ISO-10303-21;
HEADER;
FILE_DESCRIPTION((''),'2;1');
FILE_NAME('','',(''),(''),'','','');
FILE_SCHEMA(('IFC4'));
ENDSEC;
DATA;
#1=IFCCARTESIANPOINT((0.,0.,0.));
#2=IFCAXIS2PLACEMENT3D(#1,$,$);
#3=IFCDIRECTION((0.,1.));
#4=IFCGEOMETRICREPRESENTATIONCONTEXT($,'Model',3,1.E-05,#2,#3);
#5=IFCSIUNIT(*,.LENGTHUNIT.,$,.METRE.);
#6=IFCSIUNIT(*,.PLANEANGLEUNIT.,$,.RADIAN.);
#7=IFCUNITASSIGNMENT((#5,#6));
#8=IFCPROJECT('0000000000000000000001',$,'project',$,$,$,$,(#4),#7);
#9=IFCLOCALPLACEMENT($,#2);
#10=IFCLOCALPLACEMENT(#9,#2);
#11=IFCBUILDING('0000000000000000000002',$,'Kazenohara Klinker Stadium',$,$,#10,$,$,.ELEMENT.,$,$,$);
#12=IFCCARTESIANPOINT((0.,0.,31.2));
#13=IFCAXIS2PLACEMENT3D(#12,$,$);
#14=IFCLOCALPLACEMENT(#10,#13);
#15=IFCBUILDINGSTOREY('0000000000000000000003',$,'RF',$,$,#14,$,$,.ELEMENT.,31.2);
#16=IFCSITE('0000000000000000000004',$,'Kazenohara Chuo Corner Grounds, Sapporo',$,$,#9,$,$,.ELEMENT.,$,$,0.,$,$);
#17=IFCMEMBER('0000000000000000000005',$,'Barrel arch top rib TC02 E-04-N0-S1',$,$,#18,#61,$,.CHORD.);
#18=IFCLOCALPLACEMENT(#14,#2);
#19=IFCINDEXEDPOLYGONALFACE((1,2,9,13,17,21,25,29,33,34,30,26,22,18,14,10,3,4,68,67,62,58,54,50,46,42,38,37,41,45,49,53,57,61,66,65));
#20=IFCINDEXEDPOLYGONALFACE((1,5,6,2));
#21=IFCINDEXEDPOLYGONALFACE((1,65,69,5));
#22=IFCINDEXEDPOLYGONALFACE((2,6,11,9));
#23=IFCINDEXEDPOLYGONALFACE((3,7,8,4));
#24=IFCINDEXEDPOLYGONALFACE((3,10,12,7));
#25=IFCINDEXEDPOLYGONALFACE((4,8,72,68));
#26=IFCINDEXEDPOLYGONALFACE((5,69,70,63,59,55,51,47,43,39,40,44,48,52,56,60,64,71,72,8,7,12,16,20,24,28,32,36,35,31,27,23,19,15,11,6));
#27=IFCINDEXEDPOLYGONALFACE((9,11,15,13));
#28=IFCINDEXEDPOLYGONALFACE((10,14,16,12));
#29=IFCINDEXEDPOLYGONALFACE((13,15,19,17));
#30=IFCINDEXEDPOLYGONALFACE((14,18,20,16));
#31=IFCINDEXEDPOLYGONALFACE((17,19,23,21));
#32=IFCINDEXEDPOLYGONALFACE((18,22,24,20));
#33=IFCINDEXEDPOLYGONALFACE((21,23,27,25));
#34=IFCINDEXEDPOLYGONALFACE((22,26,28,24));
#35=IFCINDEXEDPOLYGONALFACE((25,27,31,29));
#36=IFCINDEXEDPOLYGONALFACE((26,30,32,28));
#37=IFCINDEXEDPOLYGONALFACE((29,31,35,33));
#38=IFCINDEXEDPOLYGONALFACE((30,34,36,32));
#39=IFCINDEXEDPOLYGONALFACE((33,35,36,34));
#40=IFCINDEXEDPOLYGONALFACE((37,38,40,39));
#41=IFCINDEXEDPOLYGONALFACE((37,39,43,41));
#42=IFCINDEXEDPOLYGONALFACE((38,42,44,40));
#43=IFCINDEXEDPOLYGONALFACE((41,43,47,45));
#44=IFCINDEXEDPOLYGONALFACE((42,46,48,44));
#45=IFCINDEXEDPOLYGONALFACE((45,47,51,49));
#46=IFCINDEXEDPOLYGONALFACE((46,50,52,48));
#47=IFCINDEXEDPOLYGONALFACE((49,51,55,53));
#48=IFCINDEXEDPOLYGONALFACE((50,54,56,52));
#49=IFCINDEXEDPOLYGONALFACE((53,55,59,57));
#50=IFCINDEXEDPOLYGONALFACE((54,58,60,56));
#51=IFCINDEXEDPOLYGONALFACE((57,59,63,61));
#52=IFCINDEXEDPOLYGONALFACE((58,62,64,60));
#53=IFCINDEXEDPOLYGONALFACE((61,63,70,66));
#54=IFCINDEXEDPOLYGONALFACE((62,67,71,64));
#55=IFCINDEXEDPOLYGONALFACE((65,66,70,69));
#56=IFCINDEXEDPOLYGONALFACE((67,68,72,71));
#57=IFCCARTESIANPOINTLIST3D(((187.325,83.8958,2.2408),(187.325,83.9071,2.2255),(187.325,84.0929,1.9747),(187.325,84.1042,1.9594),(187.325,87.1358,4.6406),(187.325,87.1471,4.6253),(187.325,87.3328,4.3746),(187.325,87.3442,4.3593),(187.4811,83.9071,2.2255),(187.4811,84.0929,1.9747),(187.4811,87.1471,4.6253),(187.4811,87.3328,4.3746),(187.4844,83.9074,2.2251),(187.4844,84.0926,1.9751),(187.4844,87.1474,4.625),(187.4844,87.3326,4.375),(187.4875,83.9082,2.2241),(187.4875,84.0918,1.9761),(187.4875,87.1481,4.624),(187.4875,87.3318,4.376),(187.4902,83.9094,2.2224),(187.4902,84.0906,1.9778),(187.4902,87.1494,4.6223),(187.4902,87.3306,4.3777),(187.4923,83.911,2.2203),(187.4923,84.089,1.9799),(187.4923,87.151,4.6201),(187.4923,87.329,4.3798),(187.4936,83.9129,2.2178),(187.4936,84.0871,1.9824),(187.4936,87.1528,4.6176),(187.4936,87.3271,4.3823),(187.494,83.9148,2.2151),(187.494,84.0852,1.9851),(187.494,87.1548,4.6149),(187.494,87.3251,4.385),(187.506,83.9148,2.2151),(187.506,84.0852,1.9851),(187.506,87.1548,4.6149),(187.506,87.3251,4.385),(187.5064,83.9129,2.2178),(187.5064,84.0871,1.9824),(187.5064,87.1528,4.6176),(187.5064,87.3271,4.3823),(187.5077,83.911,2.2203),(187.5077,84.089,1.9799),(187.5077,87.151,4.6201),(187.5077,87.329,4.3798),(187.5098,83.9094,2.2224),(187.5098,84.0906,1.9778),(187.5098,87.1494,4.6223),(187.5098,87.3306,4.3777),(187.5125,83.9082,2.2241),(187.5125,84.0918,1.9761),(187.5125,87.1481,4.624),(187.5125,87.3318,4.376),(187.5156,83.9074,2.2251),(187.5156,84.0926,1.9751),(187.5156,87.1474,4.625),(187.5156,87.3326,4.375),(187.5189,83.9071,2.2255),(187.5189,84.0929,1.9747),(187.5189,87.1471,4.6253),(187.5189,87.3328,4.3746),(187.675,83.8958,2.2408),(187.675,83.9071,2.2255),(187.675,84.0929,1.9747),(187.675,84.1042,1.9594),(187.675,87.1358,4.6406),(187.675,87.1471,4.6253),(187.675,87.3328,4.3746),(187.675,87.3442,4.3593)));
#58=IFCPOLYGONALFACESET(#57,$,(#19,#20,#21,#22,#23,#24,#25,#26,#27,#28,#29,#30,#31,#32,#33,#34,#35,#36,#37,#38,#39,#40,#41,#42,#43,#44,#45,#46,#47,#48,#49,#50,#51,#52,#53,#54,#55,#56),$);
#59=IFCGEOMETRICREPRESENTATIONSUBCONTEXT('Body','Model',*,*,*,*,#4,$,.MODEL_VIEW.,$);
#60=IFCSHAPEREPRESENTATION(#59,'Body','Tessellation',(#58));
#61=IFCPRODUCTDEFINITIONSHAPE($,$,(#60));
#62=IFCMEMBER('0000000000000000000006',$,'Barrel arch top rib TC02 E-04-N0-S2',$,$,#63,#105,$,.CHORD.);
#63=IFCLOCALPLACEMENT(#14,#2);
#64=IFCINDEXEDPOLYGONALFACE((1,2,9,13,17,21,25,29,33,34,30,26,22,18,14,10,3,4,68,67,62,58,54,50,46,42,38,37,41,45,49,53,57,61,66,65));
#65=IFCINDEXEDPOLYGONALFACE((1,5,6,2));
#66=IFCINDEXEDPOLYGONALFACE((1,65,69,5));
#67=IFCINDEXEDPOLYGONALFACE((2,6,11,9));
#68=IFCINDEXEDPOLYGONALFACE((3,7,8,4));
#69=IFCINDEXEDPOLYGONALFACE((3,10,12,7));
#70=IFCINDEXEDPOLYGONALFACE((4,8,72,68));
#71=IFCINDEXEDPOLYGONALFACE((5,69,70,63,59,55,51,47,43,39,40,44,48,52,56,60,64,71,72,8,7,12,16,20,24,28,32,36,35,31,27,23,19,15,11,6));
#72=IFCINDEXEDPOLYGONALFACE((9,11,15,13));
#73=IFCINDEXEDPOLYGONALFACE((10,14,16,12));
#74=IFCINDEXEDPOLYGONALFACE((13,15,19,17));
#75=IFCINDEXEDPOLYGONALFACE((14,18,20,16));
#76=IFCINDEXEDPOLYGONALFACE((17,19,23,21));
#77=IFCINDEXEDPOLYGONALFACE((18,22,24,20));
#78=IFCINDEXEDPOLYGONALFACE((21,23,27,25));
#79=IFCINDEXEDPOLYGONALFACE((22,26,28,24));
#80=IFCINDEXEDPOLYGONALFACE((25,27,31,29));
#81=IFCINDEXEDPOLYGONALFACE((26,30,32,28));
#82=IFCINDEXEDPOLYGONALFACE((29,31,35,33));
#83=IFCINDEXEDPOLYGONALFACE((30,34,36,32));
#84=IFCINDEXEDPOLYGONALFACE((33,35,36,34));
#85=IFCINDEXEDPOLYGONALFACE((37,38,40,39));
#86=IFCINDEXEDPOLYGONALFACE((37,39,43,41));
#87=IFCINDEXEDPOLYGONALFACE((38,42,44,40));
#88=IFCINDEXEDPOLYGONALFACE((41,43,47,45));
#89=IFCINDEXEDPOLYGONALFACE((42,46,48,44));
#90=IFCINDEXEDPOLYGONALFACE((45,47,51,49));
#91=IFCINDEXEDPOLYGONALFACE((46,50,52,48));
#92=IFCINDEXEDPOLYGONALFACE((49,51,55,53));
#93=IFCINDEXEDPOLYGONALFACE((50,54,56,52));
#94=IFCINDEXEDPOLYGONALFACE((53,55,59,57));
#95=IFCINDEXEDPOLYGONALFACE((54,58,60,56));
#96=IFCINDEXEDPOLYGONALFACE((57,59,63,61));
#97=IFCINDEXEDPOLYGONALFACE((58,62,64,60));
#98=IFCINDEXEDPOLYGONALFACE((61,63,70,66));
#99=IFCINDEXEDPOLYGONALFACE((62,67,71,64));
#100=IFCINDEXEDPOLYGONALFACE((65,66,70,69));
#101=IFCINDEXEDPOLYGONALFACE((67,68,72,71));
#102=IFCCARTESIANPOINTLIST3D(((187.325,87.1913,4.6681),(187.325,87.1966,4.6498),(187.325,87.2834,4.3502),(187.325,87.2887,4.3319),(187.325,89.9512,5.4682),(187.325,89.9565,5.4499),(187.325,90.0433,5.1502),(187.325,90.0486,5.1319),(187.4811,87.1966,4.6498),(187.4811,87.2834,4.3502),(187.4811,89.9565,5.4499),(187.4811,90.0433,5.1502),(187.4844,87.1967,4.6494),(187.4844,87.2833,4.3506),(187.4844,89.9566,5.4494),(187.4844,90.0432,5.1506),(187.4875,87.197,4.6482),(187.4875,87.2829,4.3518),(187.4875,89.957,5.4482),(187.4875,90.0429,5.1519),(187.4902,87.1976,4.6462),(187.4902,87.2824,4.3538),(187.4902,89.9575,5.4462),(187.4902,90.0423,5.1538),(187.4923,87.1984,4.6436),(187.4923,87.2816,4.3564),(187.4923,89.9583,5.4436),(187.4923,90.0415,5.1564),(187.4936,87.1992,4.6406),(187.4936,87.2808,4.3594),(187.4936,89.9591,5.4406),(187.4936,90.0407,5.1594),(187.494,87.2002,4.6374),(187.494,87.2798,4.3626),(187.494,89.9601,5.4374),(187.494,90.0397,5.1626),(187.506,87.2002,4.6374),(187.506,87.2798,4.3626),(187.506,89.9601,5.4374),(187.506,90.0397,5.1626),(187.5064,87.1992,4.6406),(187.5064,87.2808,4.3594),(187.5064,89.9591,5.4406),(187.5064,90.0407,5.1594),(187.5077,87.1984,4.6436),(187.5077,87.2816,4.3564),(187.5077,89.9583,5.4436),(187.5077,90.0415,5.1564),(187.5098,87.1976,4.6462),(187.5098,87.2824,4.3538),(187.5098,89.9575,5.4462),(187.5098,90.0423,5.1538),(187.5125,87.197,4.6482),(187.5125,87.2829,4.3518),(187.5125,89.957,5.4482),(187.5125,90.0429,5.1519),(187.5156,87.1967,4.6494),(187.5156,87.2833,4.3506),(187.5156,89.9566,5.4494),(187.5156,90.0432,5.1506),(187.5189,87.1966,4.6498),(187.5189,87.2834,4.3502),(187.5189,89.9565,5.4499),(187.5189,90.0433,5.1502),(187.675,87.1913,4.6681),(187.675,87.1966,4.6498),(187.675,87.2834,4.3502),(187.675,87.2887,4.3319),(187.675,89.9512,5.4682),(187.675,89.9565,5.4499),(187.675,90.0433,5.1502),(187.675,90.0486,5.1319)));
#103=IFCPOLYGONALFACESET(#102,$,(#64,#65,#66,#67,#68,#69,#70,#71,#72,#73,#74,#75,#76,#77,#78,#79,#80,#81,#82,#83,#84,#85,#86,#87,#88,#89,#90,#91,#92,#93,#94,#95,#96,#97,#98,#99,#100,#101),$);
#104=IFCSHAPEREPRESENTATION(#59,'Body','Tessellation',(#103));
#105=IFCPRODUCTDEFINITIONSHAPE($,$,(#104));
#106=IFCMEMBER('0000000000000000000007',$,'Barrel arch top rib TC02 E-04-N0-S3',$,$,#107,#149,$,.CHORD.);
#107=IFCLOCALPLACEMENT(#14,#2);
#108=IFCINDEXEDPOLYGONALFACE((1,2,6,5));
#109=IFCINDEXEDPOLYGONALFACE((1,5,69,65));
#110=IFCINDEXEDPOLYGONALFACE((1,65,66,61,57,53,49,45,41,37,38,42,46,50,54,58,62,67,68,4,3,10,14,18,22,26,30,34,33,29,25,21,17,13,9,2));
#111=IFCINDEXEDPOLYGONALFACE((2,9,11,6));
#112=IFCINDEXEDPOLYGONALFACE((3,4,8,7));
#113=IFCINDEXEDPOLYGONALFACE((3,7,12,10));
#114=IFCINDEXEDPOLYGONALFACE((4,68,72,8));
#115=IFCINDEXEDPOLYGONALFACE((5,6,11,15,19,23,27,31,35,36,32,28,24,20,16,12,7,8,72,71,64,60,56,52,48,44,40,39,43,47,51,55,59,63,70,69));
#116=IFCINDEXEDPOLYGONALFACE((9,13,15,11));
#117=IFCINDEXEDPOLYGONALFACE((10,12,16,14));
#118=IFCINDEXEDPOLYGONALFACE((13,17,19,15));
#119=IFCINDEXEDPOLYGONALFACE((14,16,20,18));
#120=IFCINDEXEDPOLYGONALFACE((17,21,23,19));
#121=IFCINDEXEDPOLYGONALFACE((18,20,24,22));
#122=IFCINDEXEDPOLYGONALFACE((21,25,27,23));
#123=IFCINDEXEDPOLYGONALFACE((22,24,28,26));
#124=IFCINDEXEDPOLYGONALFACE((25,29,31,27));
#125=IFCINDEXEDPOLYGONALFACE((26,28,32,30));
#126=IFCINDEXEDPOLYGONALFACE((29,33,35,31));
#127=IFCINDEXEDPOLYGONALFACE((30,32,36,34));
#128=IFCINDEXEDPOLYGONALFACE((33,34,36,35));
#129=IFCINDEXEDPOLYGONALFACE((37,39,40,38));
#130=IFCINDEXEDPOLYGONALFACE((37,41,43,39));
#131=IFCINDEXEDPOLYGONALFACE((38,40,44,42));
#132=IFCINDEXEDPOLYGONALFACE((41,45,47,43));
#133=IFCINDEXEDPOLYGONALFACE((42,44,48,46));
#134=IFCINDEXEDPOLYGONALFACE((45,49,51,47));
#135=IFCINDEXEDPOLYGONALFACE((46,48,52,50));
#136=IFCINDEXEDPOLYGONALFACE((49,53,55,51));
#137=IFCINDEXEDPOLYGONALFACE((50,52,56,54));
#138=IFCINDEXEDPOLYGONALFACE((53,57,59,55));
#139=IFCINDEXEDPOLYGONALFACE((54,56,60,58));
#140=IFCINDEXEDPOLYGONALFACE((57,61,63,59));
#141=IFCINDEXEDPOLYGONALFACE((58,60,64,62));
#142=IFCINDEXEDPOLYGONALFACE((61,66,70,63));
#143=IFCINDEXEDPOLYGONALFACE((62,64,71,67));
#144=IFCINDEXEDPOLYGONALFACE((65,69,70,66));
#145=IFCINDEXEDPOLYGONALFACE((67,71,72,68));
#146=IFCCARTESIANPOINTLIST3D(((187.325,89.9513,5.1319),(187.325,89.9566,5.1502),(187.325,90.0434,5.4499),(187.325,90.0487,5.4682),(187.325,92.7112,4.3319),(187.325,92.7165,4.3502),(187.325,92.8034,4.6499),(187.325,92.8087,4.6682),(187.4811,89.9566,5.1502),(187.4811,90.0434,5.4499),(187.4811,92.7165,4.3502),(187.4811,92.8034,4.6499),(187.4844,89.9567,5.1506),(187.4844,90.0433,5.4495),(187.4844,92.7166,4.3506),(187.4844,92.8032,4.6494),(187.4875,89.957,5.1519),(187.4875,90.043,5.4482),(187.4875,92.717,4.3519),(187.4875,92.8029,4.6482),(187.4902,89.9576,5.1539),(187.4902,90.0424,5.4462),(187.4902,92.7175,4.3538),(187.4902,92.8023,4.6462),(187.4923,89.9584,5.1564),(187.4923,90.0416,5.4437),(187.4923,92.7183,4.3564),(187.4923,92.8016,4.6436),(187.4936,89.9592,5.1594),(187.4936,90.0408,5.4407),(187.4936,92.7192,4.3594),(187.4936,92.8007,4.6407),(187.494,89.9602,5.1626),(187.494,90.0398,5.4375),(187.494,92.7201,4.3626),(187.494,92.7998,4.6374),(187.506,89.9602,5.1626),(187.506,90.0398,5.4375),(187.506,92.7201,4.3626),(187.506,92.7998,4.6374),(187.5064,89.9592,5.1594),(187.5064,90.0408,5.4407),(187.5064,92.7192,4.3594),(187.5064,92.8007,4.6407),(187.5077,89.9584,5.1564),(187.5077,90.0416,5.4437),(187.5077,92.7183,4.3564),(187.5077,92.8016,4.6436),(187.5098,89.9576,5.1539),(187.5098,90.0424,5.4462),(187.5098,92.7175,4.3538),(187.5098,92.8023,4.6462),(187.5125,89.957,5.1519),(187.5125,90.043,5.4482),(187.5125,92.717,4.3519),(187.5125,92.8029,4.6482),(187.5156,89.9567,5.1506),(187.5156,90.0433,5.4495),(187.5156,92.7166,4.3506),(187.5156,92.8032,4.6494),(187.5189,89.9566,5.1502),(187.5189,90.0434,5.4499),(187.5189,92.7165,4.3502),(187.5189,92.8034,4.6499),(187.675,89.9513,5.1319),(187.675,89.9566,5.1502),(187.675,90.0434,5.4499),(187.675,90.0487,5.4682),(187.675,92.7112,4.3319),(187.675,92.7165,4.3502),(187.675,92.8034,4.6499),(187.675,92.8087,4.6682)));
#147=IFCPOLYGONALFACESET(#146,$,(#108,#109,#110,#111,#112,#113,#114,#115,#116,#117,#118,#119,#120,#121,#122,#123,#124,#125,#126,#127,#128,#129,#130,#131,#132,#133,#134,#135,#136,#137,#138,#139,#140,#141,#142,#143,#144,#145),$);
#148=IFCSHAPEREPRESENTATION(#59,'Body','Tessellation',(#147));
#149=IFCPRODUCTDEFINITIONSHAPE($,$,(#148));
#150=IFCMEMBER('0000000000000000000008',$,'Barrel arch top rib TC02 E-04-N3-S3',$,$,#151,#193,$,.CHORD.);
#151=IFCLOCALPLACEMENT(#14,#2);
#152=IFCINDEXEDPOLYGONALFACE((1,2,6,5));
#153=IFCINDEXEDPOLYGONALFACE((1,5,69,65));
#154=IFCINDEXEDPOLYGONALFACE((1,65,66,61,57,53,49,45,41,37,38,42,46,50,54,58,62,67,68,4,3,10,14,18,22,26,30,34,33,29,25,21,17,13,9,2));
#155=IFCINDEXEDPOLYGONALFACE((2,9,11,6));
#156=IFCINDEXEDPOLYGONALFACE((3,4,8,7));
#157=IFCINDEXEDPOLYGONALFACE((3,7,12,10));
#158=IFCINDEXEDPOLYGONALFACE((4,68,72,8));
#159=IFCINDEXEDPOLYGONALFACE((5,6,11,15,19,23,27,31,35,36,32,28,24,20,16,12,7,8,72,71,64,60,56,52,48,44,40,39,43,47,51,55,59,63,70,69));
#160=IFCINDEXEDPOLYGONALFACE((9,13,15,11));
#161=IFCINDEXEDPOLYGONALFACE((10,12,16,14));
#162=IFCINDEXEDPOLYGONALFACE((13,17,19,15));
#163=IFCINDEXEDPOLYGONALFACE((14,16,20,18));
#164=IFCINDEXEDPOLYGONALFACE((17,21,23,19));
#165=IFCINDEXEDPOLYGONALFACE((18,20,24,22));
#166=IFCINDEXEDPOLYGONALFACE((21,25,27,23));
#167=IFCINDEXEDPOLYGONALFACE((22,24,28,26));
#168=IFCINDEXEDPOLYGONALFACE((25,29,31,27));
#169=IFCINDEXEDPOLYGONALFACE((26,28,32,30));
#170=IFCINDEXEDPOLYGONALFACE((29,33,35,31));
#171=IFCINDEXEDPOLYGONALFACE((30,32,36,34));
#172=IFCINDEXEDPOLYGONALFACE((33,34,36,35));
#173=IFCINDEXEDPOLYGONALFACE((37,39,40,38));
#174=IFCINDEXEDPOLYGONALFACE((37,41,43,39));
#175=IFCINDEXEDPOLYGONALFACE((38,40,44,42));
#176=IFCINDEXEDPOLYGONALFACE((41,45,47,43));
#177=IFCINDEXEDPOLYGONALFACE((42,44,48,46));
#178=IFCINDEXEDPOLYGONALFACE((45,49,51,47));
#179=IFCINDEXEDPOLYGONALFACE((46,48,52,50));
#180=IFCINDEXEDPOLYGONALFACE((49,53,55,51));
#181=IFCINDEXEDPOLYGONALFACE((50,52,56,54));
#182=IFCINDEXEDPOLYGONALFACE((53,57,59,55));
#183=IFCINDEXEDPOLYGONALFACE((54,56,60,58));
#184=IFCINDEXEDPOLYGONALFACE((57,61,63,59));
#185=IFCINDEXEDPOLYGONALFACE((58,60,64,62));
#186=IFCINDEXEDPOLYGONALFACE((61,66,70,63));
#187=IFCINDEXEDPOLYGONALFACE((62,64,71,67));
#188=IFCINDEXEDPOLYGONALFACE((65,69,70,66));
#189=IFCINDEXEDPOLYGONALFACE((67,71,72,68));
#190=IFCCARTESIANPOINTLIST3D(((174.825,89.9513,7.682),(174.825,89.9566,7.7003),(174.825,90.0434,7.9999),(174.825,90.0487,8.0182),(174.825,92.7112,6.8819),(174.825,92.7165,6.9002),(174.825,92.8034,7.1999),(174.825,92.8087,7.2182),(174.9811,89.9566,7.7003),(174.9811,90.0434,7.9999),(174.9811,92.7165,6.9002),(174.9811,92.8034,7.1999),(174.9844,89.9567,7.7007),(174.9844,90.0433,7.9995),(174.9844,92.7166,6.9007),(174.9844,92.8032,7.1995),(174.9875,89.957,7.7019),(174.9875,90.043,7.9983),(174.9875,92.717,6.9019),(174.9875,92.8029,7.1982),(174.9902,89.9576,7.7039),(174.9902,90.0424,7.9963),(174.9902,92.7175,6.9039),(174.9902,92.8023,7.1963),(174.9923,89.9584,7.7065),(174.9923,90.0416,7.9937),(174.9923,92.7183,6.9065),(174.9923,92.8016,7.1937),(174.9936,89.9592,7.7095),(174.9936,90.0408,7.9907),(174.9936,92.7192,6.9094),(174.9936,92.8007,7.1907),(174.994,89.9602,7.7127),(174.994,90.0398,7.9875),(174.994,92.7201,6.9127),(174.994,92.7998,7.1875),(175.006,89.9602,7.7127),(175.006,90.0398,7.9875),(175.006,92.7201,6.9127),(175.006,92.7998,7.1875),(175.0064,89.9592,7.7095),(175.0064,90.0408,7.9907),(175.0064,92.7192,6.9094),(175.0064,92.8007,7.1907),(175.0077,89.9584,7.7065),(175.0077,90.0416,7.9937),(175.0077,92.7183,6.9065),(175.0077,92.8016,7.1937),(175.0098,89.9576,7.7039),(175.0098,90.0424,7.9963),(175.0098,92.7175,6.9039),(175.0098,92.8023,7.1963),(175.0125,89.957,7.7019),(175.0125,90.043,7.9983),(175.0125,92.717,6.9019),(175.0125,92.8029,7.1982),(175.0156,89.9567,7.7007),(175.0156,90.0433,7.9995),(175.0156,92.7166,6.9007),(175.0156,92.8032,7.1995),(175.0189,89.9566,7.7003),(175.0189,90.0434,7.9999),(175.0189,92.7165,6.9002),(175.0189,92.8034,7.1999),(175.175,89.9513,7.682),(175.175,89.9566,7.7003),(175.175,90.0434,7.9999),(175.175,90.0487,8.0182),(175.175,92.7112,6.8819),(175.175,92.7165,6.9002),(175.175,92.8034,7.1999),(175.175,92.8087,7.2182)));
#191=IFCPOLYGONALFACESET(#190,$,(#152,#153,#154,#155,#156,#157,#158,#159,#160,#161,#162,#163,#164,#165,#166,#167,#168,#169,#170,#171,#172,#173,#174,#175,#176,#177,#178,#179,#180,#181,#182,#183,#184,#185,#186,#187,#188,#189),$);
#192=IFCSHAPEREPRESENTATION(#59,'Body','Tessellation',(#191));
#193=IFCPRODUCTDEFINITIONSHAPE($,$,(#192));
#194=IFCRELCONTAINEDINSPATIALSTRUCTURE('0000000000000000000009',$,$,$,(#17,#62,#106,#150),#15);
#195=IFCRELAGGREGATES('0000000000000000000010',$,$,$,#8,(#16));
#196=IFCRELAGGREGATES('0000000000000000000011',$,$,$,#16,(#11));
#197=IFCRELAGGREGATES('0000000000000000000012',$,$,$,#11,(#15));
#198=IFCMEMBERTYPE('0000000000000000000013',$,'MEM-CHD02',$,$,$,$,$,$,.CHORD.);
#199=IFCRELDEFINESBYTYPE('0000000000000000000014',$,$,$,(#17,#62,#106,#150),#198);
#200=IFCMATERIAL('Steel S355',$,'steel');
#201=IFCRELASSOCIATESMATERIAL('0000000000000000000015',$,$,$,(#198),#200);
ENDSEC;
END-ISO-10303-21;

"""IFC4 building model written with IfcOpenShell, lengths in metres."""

from ifc_helpers import new_model, si_unit, direction, frame, origin, origin_2d, place, context, subcontext, project, spatial, i_section, extrude, material, material_profile, profile_set, type_object, element, save


model = new_model("IFC4")

# Units and contexts
model_context = context("Model", 3, precision=1e-05, world=origin(), true_north=direction((0.0, 1.0)))
body_context = subcontext(model_context, "Body", "Model", "MODEL_VIEW")
ifc_project = project(units=[si_unit("LENGTHUNIT", "METRE"), si_unit("PLANEANGLEUNIT", "RADIAN")], contexts=[model_context])

# Site, building, storey
site_placement = place(None, origin())
site = spatial("IfcSite", under=ifc_project, at=site_placement, Name="Kazenohara Chuo Corner Grounds, Sapporo", CompositionType="ELEMENT", RefElevation=0.0)
building_placement = place(site_placement, origin())
building = spatial("IfcBuilding", under=site, at=building_placement, Name="Kazenohara Klinker Stadium", CompositionType="ELEMENT")
storey_placement = place(building_placement, frame((0.0, 0.0, 31.2)))
storey = spatial("IfcBuildingStorey", under=building, at=storey_placement, Name="RF", CompositionType="ELEMENT", Elevation=31.2)

# Members
ifc_material_1 = material(Name="Steel S355", Category="steel")
ifc_material_profile_1 = material_profile(ifc_material_1, i_section(OverallWidth=0.3501, OverallDepth=0.3501, WebThickness=0.012, FlangeThickness=0.019, FilletRadius=0.0129, at=origin_2d()), Name="H-350x350x12x19")
ifc_profile_set_1 = profile_set([ifc_material_profile_1], Name="Steel S355")
member_type_1 = type_object("IfcMemberType", Name="MEM-CHD02", PredefinedType="CHORD", material=ifc_profile_set_1)
member_1_placement = place(storey_placement, frame((187.5, 84.0, 2.1001), z_axis=(0.0, 0.803568, 0.595213), x_axis=(-1.0, 0.0, 0.0)))
element("IfcMember", 1, at=member_1_placement, inside=storey, type_object=member_type_1, Name="Barrel arch top rib TC02 E-04-N0-S1", PredefinedType="CHORD", context=body_context, shape_type="SweptSolid", body=[
    extrude(i_section(OverallWidth=0.3501, OverallDepth=0.3501, WebThickness=0.012, FlangeThickness=0.019, FilletRadius=0.0129, at=origin_2d()), origin(), (0.0, 0.0, 1.0), 4.032),
])
for number, where, z_axis, x_axis, name in (
    (2, (187.5, 87.24, 4.5), (0.0, 0.960462, 0.278411), (-1.0, 0.0, 0.0), "Barrel arch top rib TC02 E-04-N0-S2"),
    (3, (187.5, 90.0, 5.3), (0.0, 0.960462, -0.278411), (-1.0, 0.0, 0.0), "Barrel arch top rib TC02 E-04-N0-S3"),
    (4, (175.0, 90.0, 7.8501), (0.0, 0.960462, -0.278411), (-1.0, 0.0, 0.0), "Barrel arch top rib TC02 E-04-N3-S3"),
):
    element("IfcMember", number, at=place(storey_placement, frame(where, z_axis=z_axis, x_axis=x_axis)), inside=storey, type_object=member_type_1, Name=name, PredefinedType="CHORD", context=body_context, shape_type="SweptSolid", body=[
        extrude(i_section(OverallWidth=0.3501, OverallDepth=0.3501, WebThickness=0.012, FlangeThickness=0.019, FilletRadius=0.0129, at=origin_2d()), origin(), (0.0, 0.0, 1.0), 2.8735),
    ])

save(model, "model.ifc")
